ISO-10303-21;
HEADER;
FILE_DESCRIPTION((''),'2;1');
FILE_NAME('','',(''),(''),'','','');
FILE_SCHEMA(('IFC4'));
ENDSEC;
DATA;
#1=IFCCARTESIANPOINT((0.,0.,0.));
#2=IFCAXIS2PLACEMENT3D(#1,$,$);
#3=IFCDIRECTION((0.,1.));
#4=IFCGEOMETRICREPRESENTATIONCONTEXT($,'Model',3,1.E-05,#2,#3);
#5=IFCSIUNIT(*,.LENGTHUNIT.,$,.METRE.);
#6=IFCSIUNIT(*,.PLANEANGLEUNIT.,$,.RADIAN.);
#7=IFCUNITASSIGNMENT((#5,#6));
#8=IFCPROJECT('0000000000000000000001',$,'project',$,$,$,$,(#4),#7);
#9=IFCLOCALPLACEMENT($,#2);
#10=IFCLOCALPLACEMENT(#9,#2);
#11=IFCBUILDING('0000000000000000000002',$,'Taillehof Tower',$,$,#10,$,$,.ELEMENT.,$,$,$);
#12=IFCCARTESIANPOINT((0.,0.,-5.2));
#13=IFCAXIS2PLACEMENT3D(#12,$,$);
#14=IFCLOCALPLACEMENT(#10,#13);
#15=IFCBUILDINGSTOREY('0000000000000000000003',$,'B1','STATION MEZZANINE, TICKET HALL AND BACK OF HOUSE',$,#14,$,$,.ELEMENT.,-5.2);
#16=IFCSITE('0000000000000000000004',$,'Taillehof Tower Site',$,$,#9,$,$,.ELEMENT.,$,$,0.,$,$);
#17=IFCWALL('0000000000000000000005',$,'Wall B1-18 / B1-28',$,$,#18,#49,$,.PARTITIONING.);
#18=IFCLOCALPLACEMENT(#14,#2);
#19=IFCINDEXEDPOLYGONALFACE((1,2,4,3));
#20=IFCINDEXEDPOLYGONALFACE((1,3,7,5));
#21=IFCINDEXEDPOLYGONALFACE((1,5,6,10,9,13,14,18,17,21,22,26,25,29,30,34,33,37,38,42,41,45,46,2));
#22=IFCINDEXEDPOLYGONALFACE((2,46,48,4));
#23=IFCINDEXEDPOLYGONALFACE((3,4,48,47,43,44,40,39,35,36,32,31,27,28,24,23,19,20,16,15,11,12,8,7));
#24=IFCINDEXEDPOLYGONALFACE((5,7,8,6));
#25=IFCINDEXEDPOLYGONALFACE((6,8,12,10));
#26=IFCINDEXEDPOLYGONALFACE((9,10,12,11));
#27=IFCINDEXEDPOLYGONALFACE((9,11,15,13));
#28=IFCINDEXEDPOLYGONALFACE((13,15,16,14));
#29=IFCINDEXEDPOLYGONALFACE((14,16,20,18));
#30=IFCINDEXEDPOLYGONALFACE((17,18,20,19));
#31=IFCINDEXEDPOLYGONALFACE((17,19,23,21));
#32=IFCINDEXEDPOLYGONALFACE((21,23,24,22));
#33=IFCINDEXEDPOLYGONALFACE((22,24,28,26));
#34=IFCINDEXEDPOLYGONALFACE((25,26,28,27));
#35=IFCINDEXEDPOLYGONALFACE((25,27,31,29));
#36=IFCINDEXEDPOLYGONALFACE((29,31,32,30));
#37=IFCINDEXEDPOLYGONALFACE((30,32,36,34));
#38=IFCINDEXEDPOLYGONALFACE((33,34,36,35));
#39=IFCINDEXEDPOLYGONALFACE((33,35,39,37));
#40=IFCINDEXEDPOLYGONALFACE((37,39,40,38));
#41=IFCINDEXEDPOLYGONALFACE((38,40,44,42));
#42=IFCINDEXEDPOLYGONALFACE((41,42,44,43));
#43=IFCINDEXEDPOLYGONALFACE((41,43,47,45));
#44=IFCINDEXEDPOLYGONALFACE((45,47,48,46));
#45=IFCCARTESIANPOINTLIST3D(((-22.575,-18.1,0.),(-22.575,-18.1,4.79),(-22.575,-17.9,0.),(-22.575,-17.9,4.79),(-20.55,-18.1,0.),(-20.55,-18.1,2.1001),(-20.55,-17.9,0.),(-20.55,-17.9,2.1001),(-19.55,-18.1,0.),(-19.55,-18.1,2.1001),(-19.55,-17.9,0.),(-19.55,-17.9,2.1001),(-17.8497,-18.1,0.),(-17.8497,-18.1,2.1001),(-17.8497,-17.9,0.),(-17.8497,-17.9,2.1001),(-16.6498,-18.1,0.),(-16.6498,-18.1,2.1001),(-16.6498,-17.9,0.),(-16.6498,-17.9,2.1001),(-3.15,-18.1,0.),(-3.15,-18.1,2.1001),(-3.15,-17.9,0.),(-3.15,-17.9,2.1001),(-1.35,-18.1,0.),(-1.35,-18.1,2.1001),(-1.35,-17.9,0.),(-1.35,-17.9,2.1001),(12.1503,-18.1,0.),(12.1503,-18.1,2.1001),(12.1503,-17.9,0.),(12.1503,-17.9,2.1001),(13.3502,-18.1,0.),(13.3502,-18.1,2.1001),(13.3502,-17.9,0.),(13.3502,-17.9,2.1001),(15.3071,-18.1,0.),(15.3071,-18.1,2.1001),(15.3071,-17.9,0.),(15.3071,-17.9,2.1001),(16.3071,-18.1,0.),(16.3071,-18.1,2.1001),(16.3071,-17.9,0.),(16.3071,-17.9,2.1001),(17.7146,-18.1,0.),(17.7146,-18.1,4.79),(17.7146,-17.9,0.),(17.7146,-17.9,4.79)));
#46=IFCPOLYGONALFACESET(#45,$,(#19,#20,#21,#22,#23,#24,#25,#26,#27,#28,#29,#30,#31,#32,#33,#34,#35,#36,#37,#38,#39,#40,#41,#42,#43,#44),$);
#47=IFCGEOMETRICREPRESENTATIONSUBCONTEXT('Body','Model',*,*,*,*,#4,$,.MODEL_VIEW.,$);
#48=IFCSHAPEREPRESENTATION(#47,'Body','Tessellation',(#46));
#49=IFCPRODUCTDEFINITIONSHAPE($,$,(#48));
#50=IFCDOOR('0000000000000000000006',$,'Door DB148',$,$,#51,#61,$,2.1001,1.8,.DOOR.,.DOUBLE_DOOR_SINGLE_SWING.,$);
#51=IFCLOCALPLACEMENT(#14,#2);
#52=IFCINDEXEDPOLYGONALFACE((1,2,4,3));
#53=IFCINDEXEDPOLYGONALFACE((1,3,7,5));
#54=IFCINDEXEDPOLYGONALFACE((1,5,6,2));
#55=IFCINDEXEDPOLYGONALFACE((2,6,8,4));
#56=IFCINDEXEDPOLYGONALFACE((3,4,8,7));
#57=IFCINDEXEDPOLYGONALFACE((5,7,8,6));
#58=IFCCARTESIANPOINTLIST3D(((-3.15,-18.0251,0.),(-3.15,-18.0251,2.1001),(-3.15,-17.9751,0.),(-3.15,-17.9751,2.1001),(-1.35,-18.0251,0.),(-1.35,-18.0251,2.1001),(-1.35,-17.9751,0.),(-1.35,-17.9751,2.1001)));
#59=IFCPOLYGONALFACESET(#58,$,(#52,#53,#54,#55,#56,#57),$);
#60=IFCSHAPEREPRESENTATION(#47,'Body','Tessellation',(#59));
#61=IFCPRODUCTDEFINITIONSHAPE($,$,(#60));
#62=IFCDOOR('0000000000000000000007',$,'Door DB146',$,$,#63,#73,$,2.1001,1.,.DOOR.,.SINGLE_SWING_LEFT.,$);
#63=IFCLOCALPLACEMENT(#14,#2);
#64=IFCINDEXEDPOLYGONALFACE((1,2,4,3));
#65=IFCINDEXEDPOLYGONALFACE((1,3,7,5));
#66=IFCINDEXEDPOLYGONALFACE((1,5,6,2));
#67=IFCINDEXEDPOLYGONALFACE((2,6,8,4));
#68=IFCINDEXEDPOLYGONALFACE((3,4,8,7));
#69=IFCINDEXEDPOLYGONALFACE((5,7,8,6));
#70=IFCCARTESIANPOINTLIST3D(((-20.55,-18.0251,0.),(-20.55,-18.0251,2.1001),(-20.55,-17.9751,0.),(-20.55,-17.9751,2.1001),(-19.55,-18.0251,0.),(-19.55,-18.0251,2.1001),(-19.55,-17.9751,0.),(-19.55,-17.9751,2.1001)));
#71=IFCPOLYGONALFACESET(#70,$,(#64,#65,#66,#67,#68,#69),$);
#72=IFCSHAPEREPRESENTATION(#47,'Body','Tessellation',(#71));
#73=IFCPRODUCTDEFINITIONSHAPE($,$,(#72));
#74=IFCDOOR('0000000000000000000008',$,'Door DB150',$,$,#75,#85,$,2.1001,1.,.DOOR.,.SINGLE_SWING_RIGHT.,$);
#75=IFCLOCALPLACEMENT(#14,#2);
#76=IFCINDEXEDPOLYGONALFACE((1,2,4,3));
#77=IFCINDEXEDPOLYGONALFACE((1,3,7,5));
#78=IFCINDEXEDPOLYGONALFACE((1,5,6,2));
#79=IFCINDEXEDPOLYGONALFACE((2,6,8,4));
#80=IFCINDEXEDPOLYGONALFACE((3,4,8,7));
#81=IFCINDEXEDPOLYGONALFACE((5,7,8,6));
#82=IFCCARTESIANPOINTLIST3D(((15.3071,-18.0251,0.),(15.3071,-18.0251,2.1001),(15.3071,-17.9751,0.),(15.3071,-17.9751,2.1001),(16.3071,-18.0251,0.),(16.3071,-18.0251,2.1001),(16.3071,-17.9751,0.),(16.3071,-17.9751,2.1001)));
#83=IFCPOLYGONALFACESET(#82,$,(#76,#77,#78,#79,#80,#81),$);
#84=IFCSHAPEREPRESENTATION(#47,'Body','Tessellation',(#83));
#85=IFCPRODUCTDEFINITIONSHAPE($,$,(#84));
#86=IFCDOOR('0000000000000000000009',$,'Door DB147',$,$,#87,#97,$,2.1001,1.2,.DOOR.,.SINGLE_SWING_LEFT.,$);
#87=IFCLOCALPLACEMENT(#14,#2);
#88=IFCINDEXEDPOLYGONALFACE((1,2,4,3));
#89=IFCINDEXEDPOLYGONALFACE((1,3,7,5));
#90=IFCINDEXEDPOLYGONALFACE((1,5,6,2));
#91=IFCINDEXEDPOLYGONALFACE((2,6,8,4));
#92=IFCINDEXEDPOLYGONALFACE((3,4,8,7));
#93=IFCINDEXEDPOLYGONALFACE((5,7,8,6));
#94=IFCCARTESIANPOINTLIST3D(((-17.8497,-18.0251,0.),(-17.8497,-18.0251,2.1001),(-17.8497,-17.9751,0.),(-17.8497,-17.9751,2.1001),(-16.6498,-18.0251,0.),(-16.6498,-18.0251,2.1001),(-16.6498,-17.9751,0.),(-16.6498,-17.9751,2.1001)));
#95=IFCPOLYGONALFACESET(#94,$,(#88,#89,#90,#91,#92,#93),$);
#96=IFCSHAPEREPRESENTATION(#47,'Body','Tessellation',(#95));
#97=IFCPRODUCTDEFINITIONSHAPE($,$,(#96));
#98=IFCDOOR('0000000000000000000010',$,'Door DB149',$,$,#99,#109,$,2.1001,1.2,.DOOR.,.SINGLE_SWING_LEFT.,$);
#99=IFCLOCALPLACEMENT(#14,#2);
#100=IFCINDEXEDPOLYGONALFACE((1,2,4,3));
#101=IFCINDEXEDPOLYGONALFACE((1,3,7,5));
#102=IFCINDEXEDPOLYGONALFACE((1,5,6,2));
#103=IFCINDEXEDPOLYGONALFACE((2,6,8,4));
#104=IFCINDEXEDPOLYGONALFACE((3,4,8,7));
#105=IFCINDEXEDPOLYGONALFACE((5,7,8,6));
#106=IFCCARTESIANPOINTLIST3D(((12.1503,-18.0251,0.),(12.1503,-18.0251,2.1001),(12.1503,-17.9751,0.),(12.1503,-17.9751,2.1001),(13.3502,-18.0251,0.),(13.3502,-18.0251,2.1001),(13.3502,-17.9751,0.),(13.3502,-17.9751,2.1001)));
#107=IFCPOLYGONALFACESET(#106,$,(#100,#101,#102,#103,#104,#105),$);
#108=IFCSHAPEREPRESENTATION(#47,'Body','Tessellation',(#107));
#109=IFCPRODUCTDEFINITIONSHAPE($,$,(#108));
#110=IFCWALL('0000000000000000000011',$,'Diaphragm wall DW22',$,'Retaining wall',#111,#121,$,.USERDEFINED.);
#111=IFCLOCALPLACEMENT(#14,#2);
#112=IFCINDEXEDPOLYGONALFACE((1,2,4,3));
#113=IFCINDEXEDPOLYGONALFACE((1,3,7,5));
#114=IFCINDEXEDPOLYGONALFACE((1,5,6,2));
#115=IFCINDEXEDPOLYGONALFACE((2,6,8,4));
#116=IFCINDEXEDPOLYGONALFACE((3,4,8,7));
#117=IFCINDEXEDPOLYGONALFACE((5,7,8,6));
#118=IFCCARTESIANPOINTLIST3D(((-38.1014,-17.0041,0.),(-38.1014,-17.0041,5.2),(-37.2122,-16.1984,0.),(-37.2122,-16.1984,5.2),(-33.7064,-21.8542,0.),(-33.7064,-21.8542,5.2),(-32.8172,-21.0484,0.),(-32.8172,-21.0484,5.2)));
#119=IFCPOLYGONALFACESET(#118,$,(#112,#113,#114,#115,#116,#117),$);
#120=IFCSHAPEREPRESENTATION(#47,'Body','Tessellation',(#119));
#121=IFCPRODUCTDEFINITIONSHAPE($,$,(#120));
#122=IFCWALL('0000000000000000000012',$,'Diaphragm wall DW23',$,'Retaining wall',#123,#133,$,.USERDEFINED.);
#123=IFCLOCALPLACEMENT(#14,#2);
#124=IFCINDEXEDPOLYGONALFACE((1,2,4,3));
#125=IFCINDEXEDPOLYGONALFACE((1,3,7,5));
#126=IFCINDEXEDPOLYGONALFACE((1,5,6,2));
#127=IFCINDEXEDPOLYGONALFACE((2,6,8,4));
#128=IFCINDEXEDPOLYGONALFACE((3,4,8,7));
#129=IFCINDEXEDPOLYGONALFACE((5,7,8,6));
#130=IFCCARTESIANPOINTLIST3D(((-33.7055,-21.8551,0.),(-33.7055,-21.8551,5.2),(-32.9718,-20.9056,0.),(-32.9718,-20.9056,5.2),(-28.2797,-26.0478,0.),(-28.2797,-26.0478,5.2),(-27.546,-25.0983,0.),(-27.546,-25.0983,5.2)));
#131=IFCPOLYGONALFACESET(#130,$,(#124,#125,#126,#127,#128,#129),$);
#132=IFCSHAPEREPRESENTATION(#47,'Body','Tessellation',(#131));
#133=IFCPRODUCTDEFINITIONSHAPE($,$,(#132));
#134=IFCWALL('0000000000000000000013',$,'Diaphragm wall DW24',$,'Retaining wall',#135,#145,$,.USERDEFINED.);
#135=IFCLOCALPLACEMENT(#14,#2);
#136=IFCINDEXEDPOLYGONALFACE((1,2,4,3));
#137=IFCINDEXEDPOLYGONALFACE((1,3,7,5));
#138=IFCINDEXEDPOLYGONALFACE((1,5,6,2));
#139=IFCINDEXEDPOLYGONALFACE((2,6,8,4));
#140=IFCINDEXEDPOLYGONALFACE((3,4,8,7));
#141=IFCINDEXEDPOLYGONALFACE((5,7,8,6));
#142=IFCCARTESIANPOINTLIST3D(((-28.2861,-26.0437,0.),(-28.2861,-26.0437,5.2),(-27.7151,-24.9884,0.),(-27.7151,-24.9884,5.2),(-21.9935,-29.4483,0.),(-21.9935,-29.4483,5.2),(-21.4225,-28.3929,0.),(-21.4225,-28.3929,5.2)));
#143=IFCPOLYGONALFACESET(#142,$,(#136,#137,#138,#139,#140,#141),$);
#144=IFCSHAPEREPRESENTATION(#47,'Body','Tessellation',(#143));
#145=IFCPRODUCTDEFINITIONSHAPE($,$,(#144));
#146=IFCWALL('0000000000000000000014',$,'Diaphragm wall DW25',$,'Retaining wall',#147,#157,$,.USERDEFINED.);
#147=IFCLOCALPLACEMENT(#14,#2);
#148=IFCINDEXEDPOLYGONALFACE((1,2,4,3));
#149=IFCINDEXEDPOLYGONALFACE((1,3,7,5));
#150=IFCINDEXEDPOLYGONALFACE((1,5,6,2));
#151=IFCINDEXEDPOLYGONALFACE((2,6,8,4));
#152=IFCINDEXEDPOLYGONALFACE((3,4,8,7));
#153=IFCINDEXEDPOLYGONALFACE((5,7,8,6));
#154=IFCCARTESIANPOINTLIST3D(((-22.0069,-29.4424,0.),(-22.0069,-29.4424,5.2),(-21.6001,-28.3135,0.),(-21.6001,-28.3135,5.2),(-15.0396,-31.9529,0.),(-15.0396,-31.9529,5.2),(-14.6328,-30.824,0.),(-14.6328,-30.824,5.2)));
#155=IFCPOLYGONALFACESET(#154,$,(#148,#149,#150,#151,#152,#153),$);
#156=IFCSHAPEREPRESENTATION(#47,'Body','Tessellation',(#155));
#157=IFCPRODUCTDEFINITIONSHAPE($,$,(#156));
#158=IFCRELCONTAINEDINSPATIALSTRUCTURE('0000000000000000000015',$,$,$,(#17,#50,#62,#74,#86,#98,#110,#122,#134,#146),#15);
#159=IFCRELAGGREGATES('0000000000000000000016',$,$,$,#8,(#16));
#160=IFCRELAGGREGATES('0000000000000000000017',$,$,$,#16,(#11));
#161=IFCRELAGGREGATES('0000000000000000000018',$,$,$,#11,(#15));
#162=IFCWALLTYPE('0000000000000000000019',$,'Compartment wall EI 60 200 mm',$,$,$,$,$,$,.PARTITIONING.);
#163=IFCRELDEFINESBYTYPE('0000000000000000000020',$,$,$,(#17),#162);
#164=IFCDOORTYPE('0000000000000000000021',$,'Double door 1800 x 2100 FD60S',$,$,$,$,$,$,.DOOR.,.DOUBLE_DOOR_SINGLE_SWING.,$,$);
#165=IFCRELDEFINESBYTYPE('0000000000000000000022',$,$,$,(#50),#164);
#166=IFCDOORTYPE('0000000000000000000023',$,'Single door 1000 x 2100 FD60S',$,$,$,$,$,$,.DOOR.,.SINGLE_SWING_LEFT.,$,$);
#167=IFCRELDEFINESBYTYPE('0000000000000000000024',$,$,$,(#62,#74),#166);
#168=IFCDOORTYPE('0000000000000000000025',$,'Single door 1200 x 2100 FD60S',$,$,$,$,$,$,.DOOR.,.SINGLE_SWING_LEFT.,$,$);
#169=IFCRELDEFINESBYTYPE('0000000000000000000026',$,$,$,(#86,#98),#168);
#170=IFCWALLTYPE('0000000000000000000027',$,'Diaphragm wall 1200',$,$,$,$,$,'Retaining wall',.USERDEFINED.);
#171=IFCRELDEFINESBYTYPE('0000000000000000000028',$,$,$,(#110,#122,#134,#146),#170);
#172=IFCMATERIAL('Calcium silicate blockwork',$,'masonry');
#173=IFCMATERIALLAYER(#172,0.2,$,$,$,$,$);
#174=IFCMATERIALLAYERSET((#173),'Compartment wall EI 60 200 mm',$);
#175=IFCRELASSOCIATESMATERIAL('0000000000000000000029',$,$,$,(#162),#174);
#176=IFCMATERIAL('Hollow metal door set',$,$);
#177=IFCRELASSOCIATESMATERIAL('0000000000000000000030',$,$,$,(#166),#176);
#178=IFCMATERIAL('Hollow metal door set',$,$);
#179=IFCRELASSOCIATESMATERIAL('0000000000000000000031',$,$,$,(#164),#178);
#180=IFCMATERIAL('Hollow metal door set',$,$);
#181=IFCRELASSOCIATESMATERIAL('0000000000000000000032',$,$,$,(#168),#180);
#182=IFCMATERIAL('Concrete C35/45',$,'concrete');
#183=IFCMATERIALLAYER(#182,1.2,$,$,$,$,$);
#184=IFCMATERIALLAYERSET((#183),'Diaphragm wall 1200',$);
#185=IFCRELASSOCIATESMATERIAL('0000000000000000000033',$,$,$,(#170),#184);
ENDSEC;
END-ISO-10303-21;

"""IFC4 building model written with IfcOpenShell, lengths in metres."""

from ifc_helpers import new_model, si_unit, direction, frame, frame_2d, origin, place, context, subcontext, project, spatial, rectangle, extrude, material, layer, layer_set, type_object, element, fill, save


model = new_model("IFC4")

# Units and contexts
model_context = context("Model", 3, precision=1e-05, world=origin(), true_north=direction((0.0, 1.0)))
body_context = subcontext(model_context, "Body", "Model", "MODEL_VIEW")
ifc_project = project(units=[si_unit("LENGTHUNIT", "METRE"), si_unit("PLANEANGLEUNIT", "RADIAN")], contexts=[model_context])

# Site, building, storey
site_placement = place(None, origin())
site = spatial("IfcSite", under=ifc_project, at=site_placement, Name="Taillehof Tower Site", CompositionType="ELEMENT", RefElevation=0.0)
building_placement = place(site_placement, origin())
building = spatial("IfcBuilding", under=site, at=building_placement, Name="Taillehof Tower", CompositionType="ELEMENT")
storey_placement = place(building_placement, frame((0.0, 0.0, -5.2)))
storey = spatial("IfcBuildingStorey", under=building, at=storey_placement, Name="B1", Description="STATION MEZZANINE, TICKET HALL AND BACK OF HOUSE", CompositionType="ELEMENT", Elevation=-5.2)

# Shared definitions
ifc_material_1 = material(Name="Calcium silicate blockwork", Category="masonry")
ifc_layer_1 = layer(ifc_material_1, 0.2)
ifc_layer_set_1 = layer_set([ifc_layer_1], Name="Compartment wall EI 60 200 mm")
wall_type_1 = type_object("IfcWallType", Name="Compartment wall EI 60 200 mm", PredefinedType="PARTITIONING", material=ifc_layer_set_1)
ifc_material_2 = material(Name="Hollow metal door set")
door_type_1 = type_object("IfcDoorType", Name="Single door 1000 x 2100 FD60S", OperationType="SINGLE_SWING_LEFT", PredefinedType="DOOR", material=ifc_material_2)

# Wall, openings, doors
wall_1_placement = place(storey_placement, frame((-22.575, -18.0, 0.0), z_axis=(0.0, 0.0, 1.0), x_axis=(1.0, 0.0, 0.0)))
wall_1 = element("IfcWall", 1, at=wall_1_placement, inside=storey, type_object=wall_type_1, Name="Wall B1-18 / B1-28", PredefinedType="PARTITIONING", context=body_context, shape_type="SweptSolid", body=[
    extrude(rectangle(XDim=40.2896, YDim=0.2, at=frame_2d((20.1448, 0.0))), origin(), (0.0, 0.0, 1.0), 4.79),
])
opening_1_placement = place(wall_1_placement, frame((2.0249, 0.0, 0.0)))
opening_1 = element("IfcOpeningElement", 2, at=opening_1_placement, cuts=wall_1, PredefinedType="OPENING", context=body_context, shape_type="SweptSolid", body=[
    extrude(rectangle(XDim=1.0, YDim=2.1001, at=frame_2d((0.5, 1.05))), frame((0.0, 0.1099, 0.0), z_axis=(0.0, -1.0, 0.0), x_axis=(1.0, 0.0, 0.0)), (0.0, 0.0, 1.0), 0.22),
])
opening_2_placement = place(wall_1_placement, frame((4.7251, 0.0, 0.0)))
opening_2 = element("IfcOpeningElement", 3, at=opening_2_placement, cuts=wall_1, PredefinedType="OPENING", context=body_context, shape_type="SweptSolid", body=[
    extrude(rectangle(XDim=1.2, YDim=2.1001, at=frame_2d((0.6001, 1.05))), frame((0.0, 0.1099, 0.0), z_axis=(0.0, -1.0, 0.0), x_axis=(1.0, 0.0, 0.0)), (0.0, 0.0, 1.0), 0.22),
])
opening_3_placement = place(wall_1_placement, frame((19.425, 0.0, 0.0)))
opening_3 = element("IfcOpeningElement", 4, at=opening_3_placement, cuts=wall_1, PredefinedType="OPENING", context=body_context, shape_type="SweptSolid", body=[
    extrude(rectangle(XDim=1.8, YDim=2.1001, at=frame_2d((0.8999, 1.05))), frame((0.0, 0.1099, 0.0), z_axis=(0.0, -1.0, 0.0), x_axis=(1.0, 0.0, 0.0)), (0.0, 0.0, 1.0), 0.22),
])
opening_4_placement = place(wall_1_placement, frame((34.7251, 0.0, 0.0)))
opening_4 = element("IfcOpeningElement", 5, at=opening_4_placement, cuts=wall_1, PredefinedType="OPENING", context=body_context, shape_type="SweptSolid", body=[
    extrude(rectangle(XDim=1.2, YDim=2.1001, at=frame_2d((0.6001, 1.05))), frame((0.0, 0.1099, 0.0), z_axis=(0.0, -1.0, 0.0), x_axis=(1.0, 0.0, 0.0)), (0.0, 0.0, 1.0), 0.22),
])
opening_5_placement = place(wall_1_placement, frame((37.8821, 0.0, 0.0)))
opening_5 = element("IfcOpeningElement", 6, at=opening_5_placement, cuts=wall_1, PredefinedType="OPENING", context=body_context, shape_type="SweptSolid", body=[
    extrude(rectangle(XDim=1.0, YDim=2.1001, at=frame_2d((0.5, 1.05))), frame((0.0, 0.1099, 0.0), z_axis=(0.0, -1.0, 0.0), x_axis=(1.0, 0.0, 0.0)), (0.0, 0.0, 1.0), 0.22),
])
ifc_material_3 = material(Name="Hollow metal door set")
door_type_2 = type_object("IfcDoorType", Name="Double door 1800 x 2100 FD60S", OperationType="DOUBLE_DOOR_SINGLE_SWING", PredefinedType="DOOR", material=ifc_material_3)
door_1_placement = place(opening_3_placement, origin())
door_1 = element("IfcDoor", 7, at=door_1_placement, inside=storey, type_object=door_type_2, Name="Door DB148", OperationType="DOUBLE_DOOR_SINGLE_SWING", OverallHeight=2.1001, OverallWidth=1.8, PredefinedType="DOOR", context=body_context, shape_type="SweptSolid", body=[
    extrude(rectangle(XDim=1.8, YDim=2.1001, at=frame_2d((0.8999, 1.05))), frame((0.0, 0.0249, 0.0), z_axis=(0.0, -1.0, 0.0), x_axis=(1.0, 0.0, 0.0)), (0.0, 0.0, 1.0), 0.05),
])
fill(opening_3, door_1)
door_2_placement = place(opening_1_placement, origin())
door_2 = element("IfcDoor", 8, at=door_2_placement, inside=storey, type_object=door_type_1, Name="Door DB146", OperationType="SINGLE_SWING_LEFT", OverallHeight=2.1001, OverallWidth=1.0, PredefinedType="DOOR", context=body_context, shape_type="SweptSolid", body=[
    extrude(rectangle(XDim=1.0, YDim=2.1001, at=frame_2d((0.5, 1.05))), frame((0.0, 0.0249, 0.0), z_axis=(0.0, -1.0, 0.0), x_axis=(1.0, 0.0, 0.0)), (0.0, 0.0, 1.0), 0.05),
])
fill(opening_1, door_2)
door_3_placement = place(opening_5_placement, origin())
door_3 = element("IfcDoor", 9, at=door_3_placement, inside=storey, type_object=door_type_1, Name="Door DB150", OperationType="SINGLE_SWING_RIGHT", OverallHeight=2.1001, OverallWidth=1.0, PredefinedType="DOOR", context=body_context, shape_type="SweptSolid", body=[
    extrude(rectangle(XDim=1.0, YDim=2.1001, at=frame_2d((0.5, 1.05))), frame((0.0, 0.0249, 0.0), z_axis=(0.0, -1.0, 0.0), x_axis=(1.0, 0.0, 0.0)), (0.0, 0.0, 1.0), 0.05),
])
fill(opening_5, door_3)
ifc_material_4 = material(Name="Hollow metal door set")
door_type_3 = type_object("IfcDoorType", Name="Single door 1200 x 2100 FD60S", OperationType="SINGLE_SWING_LEFT", PredefinedType="DOOR", material=ifc_material_4)
door_4_placement = place(opening_2_placement, origin())
door_4 = element("IfcDoor", 10, at=door_4_placement, inside=storey, type_object=door_type_3, Name="Door DB147", OperationType="SINGLE_SWING_LEFT", OverallHeight=2.1001, OverallWidth=1.2, PredefinedType="DOOR", context=body_context, shape_type="SweptSolid", body=[
    extrude(rectangle(XDim=1.2, YDim=2.1001, at=frame_2d((0.6001, 1.05))), frame((0.0, 0.0249, 0.0), z_axis=(0.0, -1.0, 0.0), x_axis=(1.0, 0.0, 0.0)), (0.0, 0.0, 1.0), 0.05),
])
fill(opening_2, door_4)
door_5_placement = place(opening_4_placement, origin())
door_5 = element("IfcDoor", 11, at=door_5_placement, inside=storey, type_object=door_type_3, Name="Door DB149", OperationType="SINGLE_SWING_LEFT", OverallHeight=2.1001, OverallWidth=1.2, PredefinedType="DOOR", context=body_context, shape_type="SweptSolid", body=[
    extrude(rectangle(XDim=1.2, YDim=2.1001, at=frame_2d((0.6001, 1.05))), frame((0.0, 0.0249, 0.0), z_axis=(0.0, -1.0, 0.0), x_axis=(1.0, 0.0, 0.0)), (0.0, 0.0, 1.0), 0.05),
])
fill(opening_4, door_5)

# Walls
ifc_material_5 = material(Name="Concrete C35/45", Category="concrete")
ifc_layer_2 = layer(ifc_material_5, 1.2)
ifc_layer_set_2 = layer_set([ifc_layer_2], Name="Diaphragm wall 1200")
wall_type_2 = type_object("IfcWallType", Name="Diaphragm wall 1200", ElementType="Retaining wall", PredefinedType="USERDEFINED", material=ifc_layer_set_2)
wall_2_placement = place(storey_placement, frame((-37.6567, -16.6013, 0.0), z_axis=(0.0, 0.0, 1.0), x_axis=(0.671487, -0.741016, 0.0)))
element("IfcWall", 12, at=wall_2_placement, inside=storey, type_object=wall_type_2, Name="Diaphragm wall DW22", ObjectType="Retaining wall", PredefinedType="USERDEFINED", context=body_context, shape_type="SweptSolid", body=[
    extrude(rectangle(XDim=6.5452, YDim=1.2, at=frame_2d((3.2725, 0.0))), origin(), (0.0, 0.0, 1.0), 5.2),
])
wall_3_placement = place(storey_placement, frame((-33.3386, -21.3804, 0.0), z_axis=(0.0, 0.0, 1.0), x_axis=(0.791287, -0.611445, 0.0)))
element("IfcWall", 13, at=wall_3_placement, inside=storey, type_object=wall_type_2, Name="Diaphragm wall DW23", ObjectType="Retaining wall", PredefinedType="USERDEFINED", context=body_context, shape_type="SweptSolid", body=[
    extrude(rectangle(XDim=6.8569, YDim=1.2, at=frame_2d((3.4285, 0.0))), origin(), (0.0, 0.0, 1.0), 5.2),
])
wall_4_placement = place(storey_placement, frame((-28.0005, -25.5161, 0.0), z_axis=(0.0, 0.0, 1.0), x_axis=(0.879519, -0.475863, 0.0)))
element("IfcWall", 14, at=wall_4_placement, inside=storey, type_object=wall_type_2, Name="Diaphragm wall DW24", ObjectType="Retaining wall", PredefinedType="USERDEFINED", context=body_context, shape_type="SweptSolid", body=[
    extrude(rectangle(XDim=7.1545, YDim=1.2, at=frame_2d((3.5771, 0.0))), origin(), (0.0, 0.0, 1.0), 5.2),
])
wall_5_placement = place(storey_placement, frame((-21.8035, -28.8779, 0.0), z_axis=(0.0, 0.0, 1.0), x_axis=(0.940789, -0.338991, 0.0)))
element("IfcWall", 15, at=wall_5_placement, inside=storey, type_object=wall_type_2, Name="Diaphragm wall DW25", ObjectType="Retaining wall", PredefinedType="USERDEFINED", context=body_context, shape_type="SweptSolid", body=[
    extrude(rectangle(XDim=7.4058, YDim=1.2, at=frame_2d((3.7029, 0.0))), origin(), (0.0, 0.0, 1.0), 5.2),
])

save(model, "model.ifc")
